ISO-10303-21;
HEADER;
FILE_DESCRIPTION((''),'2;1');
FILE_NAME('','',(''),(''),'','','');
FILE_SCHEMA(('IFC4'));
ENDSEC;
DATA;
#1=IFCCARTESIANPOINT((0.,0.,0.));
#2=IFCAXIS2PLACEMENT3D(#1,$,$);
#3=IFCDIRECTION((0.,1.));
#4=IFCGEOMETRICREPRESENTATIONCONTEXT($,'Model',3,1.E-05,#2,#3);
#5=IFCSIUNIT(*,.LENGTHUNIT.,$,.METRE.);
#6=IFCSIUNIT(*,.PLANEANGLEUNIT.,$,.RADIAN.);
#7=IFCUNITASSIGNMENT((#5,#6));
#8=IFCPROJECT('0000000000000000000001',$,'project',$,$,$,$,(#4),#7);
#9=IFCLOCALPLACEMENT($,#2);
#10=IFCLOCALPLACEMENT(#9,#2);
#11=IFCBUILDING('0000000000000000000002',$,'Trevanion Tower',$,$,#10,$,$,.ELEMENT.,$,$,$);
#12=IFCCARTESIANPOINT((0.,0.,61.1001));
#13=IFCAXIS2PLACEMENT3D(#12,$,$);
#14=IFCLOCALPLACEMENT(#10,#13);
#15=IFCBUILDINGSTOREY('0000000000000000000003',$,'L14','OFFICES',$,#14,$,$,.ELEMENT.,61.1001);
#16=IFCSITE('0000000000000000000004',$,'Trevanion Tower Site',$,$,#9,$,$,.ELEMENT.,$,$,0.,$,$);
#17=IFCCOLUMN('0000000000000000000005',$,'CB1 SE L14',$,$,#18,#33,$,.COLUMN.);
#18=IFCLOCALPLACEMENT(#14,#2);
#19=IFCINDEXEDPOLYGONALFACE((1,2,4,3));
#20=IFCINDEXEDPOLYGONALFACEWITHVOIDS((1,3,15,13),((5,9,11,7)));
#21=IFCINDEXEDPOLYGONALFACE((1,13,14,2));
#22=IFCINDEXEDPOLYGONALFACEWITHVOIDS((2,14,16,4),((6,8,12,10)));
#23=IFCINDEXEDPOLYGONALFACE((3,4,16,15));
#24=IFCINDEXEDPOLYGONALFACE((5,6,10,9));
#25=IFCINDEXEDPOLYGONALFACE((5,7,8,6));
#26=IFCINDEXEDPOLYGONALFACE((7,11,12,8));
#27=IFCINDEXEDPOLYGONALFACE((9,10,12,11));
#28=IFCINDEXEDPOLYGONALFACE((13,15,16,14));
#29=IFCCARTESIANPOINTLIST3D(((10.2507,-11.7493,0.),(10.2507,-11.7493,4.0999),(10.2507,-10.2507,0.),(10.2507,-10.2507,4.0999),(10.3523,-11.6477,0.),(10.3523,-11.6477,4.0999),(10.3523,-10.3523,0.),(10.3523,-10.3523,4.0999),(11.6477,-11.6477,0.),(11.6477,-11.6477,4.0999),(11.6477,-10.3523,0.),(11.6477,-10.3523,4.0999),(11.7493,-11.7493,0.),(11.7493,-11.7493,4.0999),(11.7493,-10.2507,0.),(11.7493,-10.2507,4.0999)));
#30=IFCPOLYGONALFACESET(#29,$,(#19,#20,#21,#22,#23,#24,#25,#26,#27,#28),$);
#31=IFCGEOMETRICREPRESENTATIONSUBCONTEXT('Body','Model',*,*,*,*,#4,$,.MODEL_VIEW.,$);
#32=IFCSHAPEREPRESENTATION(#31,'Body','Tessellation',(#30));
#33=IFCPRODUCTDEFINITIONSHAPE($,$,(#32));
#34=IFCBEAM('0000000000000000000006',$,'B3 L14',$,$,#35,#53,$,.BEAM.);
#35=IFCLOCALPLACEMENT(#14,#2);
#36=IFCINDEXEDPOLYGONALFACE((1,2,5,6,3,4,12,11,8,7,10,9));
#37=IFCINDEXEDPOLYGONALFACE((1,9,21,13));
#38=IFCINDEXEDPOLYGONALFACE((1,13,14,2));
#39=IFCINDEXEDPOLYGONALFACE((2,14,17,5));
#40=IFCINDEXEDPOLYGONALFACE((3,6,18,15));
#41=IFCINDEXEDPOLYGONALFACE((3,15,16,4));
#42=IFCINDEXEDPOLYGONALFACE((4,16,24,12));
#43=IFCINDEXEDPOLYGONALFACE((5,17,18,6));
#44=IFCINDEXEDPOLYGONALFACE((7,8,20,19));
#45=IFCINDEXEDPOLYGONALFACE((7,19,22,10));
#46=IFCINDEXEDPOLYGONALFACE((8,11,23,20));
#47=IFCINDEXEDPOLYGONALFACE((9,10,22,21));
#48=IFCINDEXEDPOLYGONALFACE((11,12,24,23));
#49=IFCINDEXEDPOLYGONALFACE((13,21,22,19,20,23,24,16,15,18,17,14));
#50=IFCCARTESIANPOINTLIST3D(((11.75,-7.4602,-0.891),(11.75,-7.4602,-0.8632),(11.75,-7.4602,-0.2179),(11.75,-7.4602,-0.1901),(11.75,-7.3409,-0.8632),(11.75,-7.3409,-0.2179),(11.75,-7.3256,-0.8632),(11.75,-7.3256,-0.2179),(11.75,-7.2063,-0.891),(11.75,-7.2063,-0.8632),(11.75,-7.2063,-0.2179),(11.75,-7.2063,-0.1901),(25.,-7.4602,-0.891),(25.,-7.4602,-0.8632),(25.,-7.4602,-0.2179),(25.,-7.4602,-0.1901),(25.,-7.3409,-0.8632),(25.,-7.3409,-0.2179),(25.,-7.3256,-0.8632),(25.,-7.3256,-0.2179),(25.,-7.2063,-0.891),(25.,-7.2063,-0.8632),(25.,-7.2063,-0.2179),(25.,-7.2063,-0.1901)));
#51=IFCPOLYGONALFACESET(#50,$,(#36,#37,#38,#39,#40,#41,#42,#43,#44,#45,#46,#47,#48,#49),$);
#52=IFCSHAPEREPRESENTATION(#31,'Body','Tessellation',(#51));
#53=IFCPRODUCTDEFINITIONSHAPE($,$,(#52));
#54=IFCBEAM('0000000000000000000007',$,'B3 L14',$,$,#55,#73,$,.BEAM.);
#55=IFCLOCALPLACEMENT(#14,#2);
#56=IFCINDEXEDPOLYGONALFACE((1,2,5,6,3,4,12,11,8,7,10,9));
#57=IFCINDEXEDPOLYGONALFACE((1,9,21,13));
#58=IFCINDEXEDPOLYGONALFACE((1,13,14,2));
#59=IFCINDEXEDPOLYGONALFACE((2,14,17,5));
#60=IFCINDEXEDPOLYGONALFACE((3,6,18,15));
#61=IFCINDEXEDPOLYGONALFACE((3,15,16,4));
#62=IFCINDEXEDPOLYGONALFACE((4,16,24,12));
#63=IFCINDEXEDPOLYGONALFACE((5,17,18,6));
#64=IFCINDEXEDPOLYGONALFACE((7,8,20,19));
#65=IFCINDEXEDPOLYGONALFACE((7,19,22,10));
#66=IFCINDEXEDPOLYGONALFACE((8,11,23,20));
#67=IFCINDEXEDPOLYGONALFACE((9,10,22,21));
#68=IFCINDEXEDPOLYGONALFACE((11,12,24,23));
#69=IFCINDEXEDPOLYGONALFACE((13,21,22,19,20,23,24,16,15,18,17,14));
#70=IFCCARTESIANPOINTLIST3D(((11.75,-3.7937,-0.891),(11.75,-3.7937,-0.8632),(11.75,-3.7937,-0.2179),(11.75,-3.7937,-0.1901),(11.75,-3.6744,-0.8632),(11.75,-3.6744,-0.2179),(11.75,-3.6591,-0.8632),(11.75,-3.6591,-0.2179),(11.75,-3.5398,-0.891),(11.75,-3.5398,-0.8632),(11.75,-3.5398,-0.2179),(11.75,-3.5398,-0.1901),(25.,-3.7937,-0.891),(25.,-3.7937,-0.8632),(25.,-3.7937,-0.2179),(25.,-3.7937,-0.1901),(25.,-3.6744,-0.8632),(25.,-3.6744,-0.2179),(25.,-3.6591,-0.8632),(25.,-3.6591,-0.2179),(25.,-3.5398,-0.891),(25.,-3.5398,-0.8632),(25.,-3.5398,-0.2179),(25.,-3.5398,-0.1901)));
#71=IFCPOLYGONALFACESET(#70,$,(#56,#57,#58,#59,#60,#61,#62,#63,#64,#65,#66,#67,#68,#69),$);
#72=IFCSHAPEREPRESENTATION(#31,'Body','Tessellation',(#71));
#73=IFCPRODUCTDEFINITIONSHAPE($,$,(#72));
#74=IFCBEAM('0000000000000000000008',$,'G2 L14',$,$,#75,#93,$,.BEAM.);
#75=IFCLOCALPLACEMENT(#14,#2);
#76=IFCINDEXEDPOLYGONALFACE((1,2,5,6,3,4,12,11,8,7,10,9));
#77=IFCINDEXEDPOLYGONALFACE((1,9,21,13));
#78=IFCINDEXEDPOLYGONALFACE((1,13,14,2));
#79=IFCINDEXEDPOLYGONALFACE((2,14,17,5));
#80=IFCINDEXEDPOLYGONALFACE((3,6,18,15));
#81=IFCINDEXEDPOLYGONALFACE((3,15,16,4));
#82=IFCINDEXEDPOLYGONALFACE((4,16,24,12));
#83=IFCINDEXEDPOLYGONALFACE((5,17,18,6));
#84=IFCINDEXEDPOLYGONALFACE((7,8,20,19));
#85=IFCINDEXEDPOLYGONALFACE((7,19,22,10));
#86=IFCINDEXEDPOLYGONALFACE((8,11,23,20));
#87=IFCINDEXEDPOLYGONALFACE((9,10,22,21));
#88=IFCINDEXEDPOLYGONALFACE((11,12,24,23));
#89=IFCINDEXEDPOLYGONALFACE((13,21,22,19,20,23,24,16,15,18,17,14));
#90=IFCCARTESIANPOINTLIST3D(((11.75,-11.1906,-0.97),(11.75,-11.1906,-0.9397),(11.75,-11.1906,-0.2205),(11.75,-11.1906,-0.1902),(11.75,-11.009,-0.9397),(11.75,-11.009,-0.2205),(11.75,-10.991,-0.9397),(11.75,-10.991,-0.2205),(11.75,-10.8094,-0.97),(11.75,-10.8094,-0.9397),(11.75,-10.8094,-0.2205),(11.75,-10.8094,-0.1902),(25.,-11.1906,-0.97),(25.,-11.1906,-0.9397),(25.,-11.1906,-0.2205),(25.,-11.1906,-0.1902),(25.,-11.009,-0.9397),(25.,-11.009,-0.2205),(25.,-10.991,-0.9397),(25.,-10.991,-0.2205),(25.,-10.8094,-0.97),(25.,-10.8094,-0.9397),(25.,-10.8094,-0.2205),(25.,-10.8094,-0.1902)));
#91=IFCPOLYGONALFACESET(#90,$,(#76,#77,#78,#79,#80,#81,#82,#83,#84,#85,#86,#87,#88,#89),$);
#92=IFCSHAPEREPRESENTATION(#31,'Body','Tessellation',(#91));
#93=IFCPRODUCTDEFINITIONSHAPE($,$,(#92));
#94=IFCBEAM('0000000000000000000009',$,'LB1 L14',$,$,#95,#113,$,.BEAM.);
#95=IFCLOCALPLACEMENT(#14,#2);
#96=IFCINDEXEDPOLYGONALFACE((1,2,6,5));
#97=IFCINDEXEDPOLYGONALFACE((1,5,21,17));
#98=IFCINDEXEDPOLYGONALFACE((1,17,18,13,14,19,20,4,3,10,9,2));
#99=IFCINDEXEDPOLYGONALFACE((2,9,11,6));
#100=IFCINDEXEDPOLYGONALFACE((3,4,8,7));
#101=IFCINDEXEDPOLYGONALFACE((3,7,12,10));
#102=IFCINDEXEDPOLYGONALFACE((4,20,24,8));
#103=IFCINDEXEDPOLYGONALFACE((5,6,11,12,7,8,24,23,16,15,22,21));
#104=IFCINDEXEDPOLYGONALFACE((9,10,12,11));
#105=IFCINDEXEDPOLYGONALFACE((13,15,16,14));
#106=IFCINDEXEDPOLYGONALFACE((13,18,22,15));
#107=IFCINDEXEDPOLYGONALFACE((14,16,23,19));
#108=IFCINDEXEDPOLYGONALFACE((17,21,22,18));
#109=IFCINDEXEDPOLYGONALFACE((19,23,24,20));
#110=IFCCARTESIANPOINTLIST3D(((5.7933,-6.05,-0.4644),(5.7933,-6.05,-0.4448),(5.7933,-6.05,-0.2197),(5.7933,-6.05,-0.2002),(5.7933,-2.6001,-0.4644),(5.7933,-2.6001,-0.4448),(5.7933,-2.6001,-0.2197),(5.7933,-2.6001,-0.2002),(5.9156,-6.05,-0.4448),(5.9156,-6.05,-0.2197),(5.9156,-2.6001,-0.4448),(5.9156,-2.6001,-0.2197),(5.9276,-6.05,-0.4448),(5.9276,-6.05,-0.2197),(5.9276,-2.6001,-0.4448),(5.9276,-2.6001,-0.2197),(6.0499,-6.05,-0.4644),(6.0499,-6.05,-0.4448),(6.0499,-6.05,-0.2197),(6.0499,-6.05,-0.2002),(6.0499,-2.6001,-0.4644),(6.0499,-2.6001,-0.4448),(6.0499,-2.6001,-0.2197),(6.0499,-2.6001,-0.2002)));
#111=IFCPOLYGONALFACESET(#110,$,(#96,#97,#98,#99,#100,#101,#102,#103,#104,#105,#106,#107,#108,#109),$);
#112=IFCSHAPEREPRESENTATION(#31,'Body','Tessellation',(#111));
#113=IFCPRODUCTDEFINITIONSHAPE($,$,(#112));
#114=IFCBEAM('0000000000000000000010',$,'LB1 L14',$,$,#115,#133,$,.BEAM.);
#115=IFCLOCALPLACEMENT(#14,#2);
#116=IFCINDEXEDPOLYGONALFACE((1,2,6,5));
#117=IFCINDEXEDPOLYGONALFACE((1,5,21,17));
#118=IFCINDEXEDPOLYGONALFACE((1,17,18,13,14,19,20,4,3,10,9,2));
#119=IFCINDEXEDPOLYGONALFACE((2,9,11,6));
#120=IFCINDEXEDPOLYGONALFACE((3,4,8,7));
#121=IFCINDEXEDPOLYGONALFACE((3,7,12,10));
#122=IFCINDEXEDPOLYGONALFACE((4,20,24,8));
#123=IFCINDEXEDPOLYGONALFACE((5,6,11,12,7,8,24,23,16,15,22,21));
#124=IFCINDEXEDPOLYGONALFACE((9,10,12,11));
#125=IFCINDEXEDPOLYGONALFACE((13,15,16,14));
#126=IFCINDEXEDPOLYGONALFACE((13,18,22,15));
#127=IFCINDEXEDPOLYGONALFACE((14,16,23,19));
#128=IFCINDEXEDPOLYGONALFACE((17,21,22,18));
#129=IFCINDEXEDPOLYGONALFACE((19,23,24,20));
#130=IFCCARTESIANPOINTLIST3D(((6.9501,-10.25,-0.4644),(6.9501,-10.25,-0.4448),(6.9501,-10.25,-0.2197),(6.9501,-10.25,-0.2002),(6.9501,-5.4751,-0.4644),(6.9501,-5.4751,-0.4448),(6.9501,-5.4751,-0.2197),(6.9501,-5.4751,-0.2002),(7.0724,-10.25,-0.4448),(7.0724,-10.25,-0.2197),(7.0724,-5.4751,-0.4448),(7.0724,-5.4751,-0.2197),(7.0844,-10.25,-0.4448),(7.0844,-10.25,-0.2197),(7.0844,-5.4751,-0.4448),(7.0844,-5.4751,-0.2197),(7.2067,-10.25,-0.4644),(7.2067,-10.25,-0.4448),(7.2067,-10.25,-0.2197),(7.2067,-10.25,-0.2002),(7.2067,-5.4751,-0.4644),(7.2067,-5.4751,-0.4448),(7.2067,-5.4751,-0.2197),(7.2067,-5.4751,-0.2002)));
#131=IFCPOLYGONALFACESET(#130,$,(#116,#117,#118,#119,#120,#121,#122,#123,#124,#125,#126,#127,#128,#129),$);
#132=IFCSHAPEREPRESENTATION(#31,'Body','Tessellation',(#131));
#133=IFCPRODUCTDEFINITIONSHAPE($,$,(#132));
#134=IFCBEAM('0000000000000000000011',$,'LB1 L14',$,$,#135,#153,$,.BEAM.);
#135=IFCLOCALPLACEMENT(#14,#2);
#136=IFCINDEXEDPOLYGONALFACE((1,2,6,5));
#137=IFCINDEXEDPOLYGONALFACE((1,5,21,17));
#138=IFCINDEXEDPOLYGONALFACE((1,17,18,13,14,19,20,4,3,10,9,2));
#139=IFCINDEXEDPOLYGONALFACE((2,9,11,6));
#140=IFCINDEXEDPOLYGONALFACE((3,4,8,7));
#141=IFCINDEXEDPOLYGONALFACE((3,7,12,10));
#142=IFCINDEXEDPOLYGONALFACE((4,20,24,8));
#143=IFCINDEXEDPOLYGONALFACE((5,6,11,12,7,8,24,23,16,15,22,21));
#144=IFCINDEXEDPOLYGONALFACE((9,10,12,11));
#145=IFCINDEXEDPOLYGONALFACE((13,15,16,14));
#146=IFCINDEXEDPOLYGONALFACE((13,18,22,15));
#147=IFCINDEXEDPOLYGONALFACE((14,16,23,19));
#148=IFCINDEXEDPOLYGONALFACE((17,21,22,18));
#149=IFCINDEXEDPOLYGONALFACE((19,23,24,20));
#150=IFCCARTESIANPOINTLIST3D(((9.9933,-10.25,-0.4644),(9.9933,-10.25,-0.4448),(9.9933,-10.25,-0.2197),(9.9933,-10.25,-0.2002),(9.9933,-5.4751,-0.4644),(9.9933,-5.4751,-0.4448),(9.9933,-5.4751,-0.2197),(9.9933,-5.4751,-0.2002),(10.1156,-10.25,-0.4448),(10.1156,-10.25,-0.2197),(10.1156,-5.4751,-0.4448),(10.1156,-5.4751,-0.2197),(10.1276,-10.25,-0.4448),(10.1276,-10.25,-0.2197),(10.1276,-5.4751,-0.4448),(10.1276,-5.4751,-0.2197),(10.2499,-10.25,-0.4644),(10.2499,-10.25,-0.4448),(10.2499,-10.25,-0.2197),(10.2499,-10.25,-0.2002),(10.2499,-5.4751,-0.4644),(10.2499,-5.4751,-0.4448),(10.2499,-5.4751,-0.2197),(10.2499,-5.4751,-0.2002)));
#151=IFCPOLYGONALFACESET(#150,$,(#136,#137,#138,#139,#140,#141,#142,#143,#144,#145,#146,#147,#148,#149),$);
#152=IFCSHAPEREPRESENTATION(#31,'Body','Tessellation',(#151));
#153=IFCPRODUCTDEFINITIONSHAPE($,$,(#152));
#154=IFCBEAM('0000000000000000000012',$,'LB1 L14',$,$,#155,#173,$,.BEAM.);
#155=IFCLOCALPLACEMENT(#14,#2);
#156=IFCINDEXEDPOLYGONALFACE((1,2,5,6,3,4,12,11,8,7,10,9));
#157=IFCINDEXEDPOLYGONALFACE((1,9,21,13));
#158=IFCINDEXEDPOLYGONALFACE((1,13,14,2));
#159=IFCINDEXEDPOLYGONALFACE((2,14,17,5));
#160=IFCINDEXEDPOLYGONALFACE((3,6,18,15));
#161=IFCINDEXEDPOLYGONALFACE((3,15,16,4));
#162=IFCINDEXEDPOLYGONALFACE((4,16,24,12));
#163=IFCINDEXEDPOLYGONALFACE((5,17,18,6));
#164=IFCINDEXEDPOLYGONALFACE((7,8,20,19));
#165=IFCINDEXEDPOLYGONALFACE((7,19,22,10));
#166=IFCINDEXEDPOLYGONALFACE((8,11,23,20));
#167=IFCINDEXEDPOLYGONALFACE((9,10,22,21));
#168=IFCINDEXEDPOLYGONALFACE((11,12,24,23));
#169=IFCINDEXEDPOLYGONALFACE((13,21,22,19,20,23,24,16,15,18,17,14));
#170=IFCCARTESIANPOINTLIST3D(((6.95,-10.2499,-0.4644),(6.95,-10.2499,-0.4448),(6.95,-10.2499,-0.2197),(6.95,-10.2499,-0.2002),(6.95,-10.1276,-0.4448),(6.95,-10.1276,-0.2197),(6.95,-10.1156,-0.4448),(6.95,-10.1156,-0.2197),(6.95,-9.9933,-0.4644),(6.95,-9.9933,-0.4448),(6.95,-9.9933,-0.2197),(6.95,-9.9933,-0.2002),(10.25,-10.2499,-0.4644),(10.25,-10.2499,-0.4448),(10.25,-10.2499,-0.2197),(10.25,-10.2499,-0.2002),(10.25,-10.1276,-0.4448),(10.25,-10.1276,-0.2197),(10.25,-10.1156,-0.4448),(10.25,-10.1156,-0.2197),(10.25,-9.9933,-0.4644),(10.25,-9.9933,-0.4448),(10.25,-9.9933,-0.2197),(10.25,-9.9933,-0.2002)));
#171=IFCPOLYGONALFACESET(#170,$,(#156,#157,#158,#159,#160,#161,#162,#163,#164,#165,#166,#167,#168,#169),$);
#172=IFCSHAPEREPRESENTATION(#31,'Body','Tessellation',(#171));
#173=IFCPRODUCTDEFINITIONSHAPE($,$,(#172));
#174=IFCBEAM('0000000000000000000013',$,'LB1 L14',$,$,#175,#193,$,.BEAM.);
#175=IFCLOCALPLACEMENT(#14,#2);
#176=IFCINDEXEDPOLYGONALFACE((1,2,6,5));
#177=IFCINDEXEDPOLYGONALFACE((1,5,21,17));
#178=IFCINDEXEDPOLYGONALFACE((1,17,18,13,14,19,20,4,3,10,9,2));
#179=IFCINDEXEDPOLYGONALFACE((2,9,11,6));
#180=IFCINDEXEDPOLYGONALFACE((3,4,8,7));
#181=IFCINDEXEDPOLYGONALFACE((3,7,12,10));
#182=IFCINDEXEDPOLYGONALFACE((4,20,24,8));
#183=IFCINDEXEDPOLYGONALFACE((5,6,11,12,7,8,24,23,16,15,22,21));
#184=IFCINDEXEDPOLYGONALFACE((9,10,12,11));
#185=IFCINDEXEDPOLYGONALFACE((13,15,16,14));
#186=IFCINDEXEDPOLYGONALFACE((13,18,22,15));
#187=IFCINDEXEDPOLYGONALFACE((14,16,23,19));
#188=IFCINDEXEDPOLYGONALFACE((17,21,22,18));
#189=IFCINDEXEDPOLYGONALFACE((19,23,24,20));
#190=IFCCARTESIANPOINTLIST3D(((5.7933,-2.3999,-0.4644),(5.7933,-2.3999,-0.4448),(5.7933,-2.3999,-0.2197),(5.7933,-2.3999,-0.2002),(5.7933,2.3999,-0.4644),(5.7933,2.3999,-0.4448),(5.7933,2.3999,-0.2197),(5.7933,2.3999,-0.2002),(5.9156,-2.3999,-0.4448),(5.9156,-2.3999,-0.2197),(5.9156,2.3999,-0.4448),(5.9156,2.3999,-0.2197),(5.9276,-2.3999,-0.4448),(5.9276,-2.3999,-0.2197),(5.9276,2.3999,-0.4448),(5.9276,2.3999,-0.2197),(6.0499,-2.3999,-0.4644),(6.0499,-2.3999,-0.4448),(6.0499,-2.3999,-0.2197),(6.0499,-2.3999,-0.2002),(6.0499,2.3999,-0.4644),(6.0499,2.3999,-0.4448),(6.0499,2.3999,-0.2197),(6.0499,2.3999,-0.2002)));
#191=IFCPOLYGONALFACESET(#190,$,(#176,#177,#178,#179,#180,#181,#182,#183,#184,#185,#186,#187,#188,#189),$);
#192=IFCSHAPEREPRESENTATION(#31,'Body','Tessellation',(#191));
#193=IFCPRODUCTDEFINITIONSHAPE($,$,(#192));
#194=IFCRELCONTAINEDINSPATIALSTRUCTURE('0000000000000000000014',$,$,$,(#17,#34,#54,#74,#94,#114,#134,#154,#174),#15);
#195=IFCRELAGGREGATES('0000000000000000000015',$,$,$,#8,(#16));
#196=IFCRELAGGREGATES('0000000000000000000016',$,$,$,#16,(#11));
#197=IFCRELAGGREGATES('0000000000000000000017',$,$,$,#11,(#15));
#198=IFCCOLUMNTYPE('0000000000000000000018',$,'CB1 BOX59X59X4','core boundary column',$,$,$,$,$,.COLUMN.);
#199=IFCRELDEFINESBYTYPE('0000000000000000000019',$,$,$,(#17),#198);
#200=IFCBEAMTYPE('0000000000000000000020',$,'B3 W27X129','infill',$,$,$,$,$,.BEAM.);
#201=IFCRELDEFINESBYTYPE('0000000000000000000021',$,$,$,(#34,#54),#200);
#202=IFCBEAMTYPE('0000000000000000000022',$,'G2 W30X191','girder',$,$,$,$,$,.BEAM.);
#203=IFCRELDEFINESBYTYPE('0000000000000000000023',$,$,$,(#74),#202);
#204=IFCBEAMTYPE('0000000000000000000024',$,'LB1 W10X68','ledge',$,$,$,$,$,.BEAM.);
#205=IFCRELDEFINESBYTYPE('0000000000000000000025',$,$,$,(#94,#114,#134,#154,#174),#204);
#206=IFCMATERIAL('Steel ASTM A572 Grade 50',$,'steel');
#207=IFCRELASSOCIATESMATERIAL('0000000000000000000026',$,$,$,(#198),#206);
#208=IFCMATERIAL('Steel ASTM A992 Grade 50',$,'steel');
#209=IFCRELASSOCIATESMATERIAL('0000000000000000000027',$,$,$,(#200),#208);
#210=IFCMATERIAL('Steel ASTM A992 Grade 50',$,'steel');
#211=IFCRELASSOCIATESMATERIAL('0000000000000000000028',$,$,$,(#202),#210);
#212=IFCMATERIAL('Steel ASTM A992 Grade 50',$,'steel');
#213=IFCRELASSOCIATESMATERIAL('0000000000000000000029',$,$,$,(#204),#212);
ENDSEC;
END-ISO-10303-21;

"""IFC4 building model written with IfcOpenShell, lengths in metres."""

from ifc_helpers import new_model, si_unit, direction, frame, origin, origin_2d, place, context, subcontext, project, spatial, hollow_rectangle, i_section, extrude, material, material_profile, profile_set, type_object, element, save


model = new_model("IFC4")

# Units and contexts
model_context = context("Model", 3, precision=1e-05, world=origin(), true_north=direction((0.0, 1.0)))
body_context = subcontext(model_context, "Body", "Model", "MODEL_VIEW")
ifc_project = project(units=[si_unit("LENGTHUNIT", "METRE"), si_unit("PLANEANGLEUNIT", "RADIAN")], contexts=[model_context])

# Site, building, storey
site_placement = place(None, origin())
site = spatial("IfcSite", under=ifc_project, at=site_placement, Name="Trevanion Tower Site", CompositionType="ELEMENT", RefElevation=0.0)
building_placement = place(site_placement, origin())
building = spatial("IfcBuilding", under=site, at=building_placement, Name="Trevanion Tower", CompositionType="ELEMENT")
storey_placement = place(building_placement, frame((0.0, 0.0, 61.1001)))
storey = spatial("IfcBuildingStorey", under=building, at=storey_placement, Name="L14", Description="OFFICES", CompositionType="ELEMENT", Elevation=61.1001)

# Column
ifc_material_1 = material(Name="Steel ASTM A572 Grade 50", Category="steel")
ifc_material_profile_1 = material_profile(ifc_material_1, hollow_rectangle(XDim=1.4985, YDim=1.4985, WallThickness=0.1016, at=origin_2d()), Name="BOX59X59X4")
ifc_profile_set_1 = profile_set([ifc_material_profile_1], Name="Steel ASTM A572 Grade 50")
column_type = type_object("IfcColumnType", Name="CB1 BOX59X59X4", Description="core boundary column", PredefinedType="COLUMN", material=ifc_profile_set_1)
column_placement = place(storey_placement, frame((11.0, -11.0, 0.0), z_axis=(0.0, 0.0, 1.0), x_axis=(1.0, 0.0, 0.0)))
element("IfcColumn", 1, at=column_placement, inside=storey, type_object=column_type, Name="CB1 SE L14", PredefinedType="COLUMN", context=body_context, shape_type="SweptSolid", body=[
    extrude(hollow_rectangle(XDim=1.4985, YDim=1.4985, WallThickness=0.1016, at=origin_2d()), origin(), (0.0, 0.0, 1.0), 4.0999),
])

# Beams
ifc_material_2 = material(Name="Steel ASTM A992 Grade 50", Category="steel")
ifc_material_profile_2 = material_profile(ifc_material_2, i_section(OverallWidth=0.2539, OverallDepth=0.7009, WebThickness=0.0154, FlangeThickness=0.0278, at=origin_2d()), Name="W27X129")
ifc_profile_set_2 = profile_set([ifc_material_profile_2], Name="Steel ASTM A992 Grade 50")
beam_type_1 = type_object("IfcBeamType", Name="B3 W27X129", Description="infill", PredefinedType="BEAM", material=ifc_profile_set_2)
for number, where, z_axis, x_axis, name in (
    (2, (11.75, -7.3333, -0.5405), (1.0, 0.0, 0.0), (0.0, 1.0, 0.0), "B3 L14"),
    (3, (11.75, -3.6667, -0.5405), (1.0, 0.0, 0.0), (0.0, 1.0, 0.0), "B3 L14"),
):
    element("IfcBeam", number, at=place(storey_placement, frame(where, z_axis=z_axis, x_axis=x_axis)), inside=storey, type_object=beam_type_1, Name=name, PredefinedType="BEAM", context=body_context, shape_type="SweptSolid", body=[
        extrude(i_section(OverallWidth=0.2539, OverallDepth=0.7009, WebThickness=0.0154, FlangeThickness=0.0278, at=origin_2d()), origin(), (0.0, 0.0, 1.0), 13.25),
    ])
ifc_material_3 = material(Name="Steel ASTM A992 Grade 50", Category="steel")
ifc_material_profile_3 = material_profile(ifc_material_3, i_section(OverallWidth=0.3811, OverallDepth=0.7798, WebThickness=0.0181, FlangeThickness=0.0303, at=origin_2d()), Name="W30X191")
ifc_profile_set_3 = profile_set([ifc_material_profile_3], Name="Steel ASTM A992 Grade 50")
beam_type_2 = type_object("IfcBeamType", Name="G2 W30X191", Description="girder", PredefinedType="BEAM", material=ifc_profile_set_3)
beam_1_placement = place(storey_placement, frame((11.75, -11.0, -0.5801), z_axis=(1.0, 0.0, 0.0), x_axis=(0.0, 1.0, 0.0)))
element("IfcBeam", 4, at=beam_1_placement, inside=storey, type_object=beam_type_2, Name="G2 L14", PredefinedType="BEAM", context=body_context, shape_type="SweptSolid", body=[
    extrude(i_section(OverallWidth=0.3811, OverallDepth=0.7798, WebThickness=0.0181, FlangeThickness=0.0303, at=origin_2d()), origin(), (0.0, 0.0, 1.0), 13.25),
])
ifc_material_4 = material(Name="Steel ASTM A992 Grade 50", Category="steel")
ifc_material_profile_4 = material_profile(ifc_material_4, i_section(OverallWidth=0.2566, OverallDepth=0.2642, WebThickness=0.012, FlangeThickness=0.0195, at=origin_2d()), Name="W10X68")
ifc_profile_set_4 = profile_set([ifc_material_profile_4], Name="Steel ASTM A992 Grade 50")
beam_type_3 = type_object("IfcBeamType", Name="LB1 W10X68", Description="ledge", PredefinedType="BEAM", material=ifc_profile_set_4)
beam_2_placement = place(storey_placement, frame((5.9216, -6.05, -0.3323), z_axis=(0.0, 1.0, 0.0), x_axis=(-1.0, 0.0, 0.0)))
element("IfcBeam", 5, at=beam_2_placement, inside=storey, type_object=beam_type_3, Name="LB1 L14", PredefinedType="BEAM", context=body_context, shape_type="SweptSolid", body=[
    extrude(i_section(OverallWidth=0.2566, OverallDepth=0.2642, WebThickness=0.012, FlangeThickness=0.0195, at=origin_2d()), origin(), (0.0, 0.0, 1.0), 3.45),
])
for number, where, z_axis, x_axis, name in (
    (6, (7.0784, -10.25, -0.3323), (0.0, 1.0, 0.0), (-1.0, 0.0, 0.0), "LB1 L14"),
    (7, (10.1216, -10.25, -0.3323), (0.0, 1.0, 0.0), (-1.0, 0.0, 0.0), "LB1 L14"),
):
    element("IfcBeam", number, at=place(storey_placement, frame(where, z_axis=z_axis, x_axis=x_axis)), inside=storey, type_object=beam_type_3, Name=name, PredefinedType="BEAM", context=body_context, shape_type="SweptSolid", body=[
        extrude(i_section(OverallWidth=0.2566, OverallDepth=0.2642, WebThickness=0.012, FlangeThickness=0.0195, at=origin_2d()), origin(), (0.0, 0.0, 1.0), 4.7749),
    ])
beam_3_placement = place(storey_placement, frame((6.95, -10.1216, -0.3323), z_axis=(1.0, 0.0, 0.0), x_axis=(0.0, 1.0, 0.0)))
element("IfcBeam", 8, at=beam_3_placement, inside=storey, type_object=beam_type_3, Name="LB1 L14", PredefinedType="BEAM", context=body_context, shape_type="SweptSolid", body=[
    extrude(i_section(OverallWidth=0.2566, OverallDepth=0.2642, WebThickness=0.012, FlangeThickness=0.0195, at=origin_2d()), origin(), (0.0, 0.0, 1.0), 3.3),
])
beam_4_placement = place(storey_placement, frame((5.9216, -2.3999, -0.3323), z_axis=(0.0, 1.0, 0.0), x_axis=(-1.0, 0.0, 0.0)))
element("IfcBeam", 9, at=beam_4_placement, inside=storey, type_object=beam_type_3, Name="LB1 L14", PredefinedType="BEAM", context=body_context, shape_type="SweptSolid", body=[
    extrude(i_section(OverallWidth=0.2566, OverallDepth=0.2642, WebThickness=0.012, FlangeThickness=0.0195, at=origin_2d()), origin(), (0.0, 0.0, 1.0), 4.7998),
])

save(model, "model.ifc")
